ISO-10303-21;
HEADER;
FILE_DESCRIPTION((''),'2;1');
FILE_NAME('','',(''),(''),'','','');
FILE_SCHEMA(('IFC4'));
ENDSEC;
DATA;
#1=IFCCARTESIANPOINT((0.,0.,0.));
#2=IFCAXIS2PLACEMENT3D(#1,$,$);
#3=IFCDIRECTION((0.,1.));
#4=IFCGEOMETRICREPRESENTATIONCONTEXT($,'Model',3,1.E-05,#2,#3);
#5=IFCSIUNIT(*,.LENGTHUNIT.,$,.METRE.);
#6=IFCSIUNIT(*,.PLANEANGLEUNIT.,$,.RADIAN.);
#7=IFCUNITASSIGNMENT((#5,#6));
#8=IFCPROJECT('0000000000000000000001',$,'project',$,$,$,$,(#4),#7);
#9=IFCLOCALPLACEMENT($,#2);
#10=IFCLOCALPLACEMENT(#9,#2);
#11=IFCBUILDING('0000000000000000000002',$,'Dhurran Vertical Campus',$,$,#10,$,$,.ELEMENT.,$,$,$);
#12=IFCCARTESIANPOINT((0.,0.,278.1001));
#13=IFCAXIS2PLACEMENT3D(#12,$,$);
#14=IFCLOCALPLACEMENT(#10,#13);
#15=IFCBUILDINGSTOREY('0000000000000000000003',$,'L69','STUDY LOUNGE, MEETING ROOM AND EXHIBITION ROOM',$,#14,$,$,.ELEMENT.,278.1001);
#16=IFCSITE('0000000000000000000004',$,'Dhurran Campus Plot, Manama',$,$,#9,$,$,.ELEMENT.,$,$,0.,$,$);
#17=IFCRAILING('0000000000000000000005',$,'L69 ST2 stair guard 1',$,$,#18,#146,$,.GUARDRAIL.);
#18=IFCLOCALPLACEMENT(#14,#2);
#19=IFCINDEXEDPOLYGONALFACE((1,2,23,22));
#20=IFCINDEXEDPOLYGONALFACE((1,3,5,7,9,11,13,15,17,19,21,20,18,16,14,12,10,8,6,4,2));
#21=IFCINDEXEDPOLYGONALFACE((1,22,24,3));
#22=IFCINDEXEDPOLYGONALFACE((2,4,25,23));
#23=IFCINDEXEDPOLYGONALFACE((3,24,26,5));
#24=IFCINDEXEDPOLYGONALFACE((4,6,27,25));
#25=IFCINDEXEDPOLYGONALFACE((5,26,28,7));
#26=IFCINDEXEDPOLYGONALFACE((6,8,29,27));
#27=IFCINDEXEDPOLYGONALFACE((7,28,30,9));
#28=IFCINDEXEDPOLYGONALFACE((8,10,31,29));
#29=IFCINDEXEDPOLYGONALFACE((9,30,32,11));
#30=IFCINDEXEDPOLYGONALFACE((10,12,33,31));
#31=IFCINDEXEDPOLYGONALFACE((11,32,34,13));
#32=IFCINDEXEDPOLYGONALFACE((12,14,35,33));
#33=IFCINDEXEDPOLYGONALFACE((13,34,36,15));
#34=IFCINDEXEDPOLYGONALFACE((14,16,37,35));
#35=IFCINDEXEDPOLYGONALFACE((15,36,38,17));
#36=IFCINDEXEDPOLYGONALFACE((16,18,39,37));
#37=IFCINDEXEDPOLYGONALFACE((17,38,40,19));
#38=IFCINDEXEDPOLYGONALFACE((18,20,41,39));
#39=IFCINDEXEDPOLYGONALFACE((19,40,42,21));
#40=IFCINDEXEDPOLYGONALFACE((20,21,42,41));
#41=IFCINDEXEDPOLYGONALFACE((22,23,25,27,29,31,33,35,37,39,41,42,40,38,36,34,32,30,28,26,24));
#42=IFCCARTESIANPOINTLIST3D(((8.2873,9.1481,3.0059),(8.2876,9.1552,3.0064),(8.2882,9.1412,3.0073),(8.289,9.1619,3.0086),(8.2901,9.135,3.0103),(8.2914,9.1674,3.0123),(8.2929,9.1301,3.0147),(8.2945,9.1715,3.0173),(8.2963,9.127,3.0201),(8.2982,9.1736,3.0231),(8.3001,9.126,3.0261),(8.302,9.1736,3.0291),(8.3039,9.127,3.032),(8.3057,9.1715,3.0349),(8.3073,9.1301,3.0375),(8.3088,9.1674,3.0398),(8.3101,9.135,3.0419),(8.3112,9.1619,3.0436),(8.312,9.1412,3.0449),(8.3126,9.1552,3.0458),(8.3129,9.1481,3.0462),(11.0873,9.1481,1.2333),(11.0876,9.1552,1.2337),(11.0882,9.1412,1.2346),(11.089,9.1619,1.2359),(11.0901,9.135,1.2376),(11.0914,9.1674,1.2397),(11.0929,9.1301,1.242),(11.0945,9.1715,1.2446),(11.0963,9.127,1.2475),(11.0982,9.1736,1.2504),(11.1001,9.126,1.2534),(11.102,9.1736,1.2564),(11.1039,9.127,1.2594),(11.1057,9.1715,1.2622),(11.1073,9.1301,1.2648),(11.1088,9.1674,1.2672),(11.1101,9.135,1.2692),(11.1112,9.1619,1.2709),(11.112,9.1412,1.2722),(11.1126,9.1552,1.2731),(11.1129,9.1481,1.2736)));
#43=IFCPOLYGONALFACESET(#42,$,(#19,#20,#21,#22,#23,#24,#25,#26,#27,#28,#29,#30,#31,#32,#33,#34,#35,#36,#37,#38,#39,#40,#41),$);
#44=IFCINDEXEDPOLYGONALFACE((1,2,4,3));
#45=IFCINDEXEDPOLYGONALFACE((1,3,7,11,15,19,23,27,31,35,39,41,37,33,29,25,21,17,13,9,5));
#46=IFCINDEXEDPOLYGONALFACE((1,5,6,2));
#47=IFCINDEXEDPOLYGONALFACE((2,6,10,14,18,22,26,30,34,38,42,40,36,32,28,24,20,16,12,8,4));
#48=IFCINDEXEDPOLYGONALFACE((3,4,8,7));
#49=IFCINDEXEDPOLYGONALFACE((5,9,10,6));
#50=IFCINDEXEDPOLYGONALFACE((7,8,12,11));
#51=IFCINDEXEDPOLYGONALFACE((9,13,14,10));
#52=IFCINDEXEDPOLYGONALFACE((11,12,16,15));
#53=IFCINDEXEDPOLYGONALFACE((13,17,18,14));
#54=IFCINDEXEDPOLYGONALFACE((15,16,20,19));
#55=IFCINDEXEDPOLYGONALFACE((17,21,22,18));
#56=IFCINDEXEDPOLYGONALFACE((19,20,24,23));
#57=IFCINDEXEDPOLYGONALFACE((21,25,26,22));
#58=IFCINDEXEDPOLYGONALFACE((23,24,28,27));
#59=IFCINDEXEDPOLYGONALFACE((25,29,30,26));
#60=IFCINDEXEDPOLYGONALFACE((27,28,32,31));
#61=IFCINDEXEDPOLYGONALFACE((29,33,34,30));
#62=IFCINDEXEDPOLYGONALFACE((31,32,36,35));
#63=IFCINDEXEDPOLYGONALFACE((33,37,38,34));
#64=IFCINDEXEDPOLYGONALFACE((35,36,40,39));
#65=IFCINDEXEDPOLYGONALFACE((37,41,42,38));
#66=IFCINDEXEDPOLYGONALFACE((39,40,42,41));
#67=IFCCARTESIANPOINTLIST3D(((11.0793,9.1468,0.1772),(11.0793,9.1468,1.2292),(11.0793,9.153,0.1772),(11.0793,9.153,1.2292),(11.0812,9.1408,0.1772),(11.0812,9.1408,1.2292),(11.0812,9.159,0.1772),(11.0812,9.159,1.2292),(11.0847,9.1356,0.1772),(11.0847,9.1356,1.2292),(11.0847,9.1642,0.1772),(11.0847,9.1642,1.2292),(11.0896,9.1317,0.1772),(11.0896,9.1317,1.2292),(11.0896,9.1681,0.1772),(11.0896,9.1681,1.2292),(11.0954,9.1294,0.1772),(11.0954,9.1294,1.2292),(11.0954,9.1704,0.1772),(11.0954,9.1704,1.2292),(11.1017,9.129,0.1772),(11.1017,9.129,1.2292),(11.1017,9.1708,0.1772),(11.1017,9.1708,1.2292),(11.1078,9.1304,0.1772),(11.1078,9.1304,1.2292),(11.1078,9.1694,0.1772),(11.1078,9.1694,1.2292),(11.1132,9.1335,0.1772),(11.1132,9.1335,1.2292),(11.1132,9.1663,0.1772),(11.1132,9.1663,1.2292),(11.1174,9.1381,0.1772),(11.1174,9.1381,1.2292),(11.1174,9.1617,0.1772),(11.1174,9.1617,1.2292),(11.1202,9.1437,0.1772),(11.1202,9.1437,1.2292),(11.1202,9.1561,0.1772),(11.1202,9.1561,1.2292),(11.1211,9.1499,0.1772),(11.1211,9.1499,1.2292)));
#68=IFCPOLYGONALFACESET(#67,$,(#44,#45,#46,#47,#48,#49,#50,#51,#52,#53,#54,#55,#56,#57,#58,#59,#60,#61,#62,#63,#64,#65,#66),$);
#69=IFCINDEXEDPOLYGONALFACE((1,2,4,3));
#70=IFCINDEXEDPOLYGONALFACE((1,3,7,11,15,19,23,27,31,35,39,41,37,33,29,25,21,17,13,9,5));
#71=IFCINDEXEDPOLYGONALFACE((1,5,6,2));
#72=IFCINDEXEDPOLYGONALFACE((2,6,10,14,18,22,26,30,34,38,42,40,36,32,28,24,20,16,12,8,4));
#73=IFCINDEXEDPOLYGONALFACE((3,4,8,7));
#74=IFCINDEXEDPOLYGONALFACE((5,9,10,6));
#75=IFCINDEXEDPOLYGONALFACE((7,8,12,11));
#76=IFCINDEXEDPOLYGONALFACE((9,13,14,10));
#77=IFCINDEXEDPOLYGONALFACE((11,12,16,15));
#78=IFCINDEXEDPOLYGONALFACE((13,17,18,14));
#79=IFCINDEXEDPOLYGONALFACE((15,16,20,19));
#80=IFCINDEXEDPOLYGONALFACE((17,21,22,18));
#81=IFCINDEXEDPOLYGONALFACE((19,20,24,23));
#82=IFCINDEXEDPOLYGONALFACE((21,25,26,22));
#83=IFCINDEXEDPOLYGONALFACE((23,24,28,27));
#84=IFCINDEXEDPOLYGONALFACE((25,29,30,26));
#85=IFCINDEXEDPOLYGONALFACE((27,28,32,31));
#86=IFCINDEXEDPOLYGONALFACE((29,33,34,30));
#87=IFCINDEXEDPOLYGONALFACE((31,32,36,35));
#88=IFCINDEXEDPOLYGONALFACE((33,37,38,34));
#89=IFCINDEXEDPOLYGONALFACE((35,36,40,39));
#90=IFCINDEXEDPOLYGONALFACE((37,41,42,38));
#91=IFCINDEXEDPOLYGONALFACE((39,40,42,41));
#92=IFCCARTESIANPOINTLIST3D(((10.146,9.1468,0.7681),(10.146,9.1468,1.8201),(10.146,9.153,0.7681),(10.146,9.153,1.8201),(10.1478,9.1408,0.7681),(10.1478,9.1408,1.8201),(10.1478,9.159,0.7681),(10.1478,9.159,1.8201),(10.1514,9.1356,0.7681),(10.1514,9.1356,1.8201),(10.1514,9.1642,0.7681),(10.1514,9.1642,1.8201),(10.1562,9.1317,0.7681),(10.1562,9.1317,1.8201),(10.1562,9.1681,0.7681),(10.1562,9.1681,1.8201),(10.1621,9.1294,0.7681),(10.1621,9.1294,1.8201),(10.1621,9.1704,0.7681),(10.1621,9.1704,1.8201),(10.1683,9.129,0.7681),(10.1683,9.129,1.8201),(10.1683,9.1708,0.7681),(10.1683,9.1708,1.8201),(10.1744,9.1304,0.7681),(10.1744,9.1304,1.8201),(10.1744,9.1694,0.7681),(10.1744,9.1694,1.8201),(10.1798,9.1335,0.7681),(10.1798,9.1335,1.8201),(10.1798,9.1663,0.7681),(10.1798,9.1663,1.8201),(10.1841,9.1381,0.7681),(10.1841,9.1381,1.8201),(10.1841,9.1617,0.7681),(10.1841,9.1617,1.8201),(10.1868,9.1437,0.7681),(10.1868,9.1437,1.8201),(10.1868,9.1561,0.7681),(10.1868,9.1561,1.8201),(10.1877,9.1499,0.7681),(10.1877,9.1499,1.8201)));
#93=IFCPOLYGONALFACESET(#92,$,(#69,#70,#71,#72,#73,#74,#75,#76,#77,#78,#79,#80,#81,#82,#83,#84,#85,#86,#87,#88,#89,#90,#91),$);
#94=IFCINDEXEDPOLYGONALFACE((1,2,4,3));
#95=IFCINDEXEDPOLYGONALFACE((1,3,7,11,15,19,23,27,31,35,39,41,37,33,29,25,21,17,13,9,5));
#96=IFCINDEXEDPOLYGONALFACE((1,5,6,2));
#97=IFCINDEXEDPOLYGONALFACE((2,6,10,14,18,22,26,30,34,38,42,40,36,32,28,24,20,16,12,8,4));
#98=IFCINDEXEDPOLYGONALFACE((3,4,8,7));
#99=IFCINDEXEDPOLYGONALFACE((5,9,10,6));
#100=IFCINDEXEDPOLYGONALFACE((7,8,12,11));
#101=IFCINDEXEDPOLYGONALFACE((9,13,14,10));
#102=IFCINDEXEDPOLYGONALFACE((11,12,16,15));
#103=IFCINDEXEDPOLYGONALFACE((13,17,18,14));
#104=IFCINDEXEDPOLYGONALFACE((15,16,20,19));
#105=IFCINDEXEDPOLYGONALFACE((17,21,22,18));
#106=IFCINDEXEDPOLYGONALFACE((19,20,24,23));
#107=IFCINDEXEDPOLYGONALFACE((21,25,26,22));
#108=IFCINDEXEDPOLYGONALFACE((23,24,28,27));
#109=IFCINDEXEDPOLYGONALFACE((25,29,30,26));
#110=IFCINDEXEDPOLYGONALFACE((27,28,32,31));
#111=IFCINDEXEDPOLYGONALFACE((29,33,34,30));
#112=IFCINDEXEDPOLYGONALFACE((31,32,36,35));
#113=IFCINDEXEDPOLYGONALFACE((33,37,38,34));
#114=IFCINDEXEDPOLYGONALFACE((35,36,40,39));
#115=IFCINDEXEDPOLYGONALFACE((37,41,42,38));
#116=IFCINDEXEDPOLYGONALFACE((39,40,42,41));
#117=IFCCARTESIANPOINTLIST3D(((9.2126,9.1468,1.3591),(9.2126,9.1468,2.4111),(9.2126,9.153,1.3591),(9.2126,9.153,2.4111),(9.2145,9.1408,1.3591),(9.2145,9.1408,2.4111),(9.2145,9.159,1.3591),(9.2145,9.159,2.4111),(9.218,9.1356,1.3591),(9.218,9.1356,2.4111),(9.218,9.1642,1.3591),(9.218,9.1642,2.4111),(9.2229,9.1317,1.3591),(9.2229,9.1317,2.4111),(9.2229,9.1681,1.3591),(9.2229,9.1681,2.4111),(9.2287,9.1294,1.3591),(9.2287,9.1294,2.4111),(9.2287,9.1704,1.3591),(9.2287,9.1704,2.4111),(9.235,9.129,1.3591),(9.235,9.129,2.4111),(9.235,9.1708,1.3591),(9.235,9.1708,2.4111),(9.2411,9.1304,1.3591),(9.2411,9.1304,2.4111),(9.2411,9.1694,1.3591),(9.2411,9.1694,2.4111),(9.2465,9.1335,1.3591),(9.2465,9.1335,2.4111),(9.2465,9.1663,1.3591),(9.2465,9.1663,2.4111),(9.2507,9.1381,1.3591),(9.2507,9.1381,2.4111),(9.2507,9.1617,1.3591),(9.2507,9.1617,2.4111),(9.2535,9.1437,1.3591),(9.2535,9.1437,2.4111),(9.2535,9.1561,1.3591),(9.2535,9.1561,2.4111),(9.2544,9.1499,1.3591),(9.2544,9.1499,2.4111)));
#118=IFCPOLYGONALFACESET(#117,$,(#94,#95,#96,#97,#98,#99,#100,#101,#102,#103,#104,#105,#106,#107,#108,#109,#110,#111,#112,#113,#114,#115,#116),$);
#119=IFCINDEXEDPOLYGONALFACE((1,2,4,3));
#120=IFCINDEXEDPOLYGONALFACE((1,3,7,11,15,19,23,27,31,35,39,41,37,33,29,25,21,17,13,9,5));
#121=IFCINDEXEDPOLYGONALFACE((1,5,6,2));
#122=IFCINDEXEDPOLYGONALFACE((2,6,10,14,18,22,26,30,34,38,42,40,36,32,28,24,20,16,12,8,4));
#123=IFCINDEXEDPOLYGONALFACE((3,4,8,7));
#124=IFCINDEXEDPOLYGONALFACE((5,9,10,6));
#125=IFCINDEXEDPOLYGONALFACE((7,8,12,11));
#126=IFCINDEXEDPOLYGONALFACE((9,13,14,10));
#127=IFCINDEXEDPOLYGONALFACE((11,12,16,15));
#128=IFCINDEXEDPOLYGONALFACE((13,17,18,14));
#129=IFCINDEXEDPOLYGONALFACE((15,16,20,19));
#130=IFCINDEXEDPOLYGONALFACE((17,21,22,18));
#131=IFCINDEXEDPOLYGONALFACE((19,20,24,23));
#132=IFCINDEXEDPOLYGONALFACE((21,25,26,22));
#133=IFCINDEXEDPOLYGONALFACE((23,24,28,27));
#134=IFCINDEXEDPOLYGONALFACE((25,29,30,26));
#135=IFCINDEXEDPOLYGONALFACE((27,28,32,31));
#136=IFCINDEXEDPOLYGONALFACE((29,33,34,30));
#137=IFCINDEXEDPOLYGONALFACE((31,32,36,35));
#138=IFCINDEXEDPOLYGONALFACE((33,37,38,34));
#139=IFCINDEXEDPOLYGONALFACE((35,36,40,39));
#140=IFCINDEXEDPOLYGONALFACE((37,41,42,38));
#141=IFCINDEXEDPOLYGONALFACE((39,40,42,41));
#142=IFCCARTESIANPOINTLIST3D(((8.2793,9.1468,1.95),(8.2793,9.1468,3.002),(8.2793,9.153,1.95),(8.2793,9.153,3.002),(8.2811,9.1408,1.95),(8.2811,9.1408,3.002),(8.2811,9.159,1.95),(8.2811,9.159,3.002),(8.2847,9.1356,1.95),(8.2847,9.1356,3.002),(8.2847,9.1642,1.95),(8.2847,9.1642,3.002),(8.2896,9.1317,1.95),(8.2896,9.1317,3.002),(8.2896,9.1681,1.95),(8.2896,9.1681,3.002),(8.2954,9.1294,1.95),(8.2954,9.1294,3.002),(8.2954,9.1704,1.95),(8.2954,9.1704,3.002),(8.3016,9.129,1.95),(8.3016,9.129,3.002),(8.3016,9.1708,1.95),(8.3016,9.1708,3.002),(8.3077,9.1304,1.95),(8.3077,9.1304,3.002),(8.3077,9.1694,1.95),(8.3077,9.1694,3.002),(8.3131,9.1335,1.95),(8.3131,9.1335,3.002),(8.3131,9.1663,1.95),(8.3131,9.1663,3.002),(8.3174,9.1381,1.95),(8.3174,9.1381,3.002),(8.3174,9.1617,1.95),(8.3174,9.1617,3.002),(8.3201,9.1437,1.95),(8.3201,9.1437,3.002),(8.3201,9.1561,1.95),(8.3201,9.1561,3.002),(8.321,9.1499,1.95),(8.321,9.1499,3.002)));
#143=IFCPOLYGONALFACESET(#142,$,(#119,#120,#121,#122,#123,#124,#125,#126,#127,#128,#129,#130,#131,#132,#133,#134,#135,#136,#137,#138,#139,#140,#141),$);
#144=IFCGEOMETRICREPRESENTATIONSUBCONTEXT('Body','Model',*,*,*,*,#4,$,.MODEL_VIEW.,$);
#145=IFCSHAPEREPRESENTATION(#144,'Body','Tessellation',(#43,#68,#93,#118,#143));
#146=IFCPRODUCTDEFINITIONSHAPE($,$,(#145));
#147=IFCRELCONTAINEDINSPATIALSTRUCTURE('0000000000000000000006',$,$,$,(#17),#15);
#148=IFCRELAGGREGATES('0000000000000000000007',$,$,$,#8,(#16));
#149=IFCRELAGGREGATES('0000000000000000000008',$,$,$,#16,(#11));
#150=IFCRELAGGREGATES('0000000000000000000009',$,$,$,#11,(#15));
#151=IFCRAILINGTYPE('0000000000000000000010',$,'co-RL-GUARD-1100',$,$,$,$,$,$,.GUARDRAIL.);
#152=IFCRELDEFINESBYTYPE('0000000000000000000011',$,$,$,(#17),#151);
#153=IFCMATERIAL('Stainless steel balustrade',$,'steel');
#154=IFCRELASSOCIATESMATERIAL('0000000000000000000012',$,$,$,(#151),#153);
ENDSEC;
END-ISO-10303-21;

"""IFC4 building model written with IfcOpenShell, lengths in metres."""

from ifc_helpers import new_model, si_unit, direction, frame, origin, origin_2d, place, context, subcontext, project, spatial, circle, extrude, material, type_object, element, save


model = new_model("IFC4")

# Units and contexts
model_context = context("Model", 3, precision=1e-05, world=origin(), true_north=direction((0.0, 1.0)))
body_context = subcontext(model_context, "Body", "Model", "MODEL_VIEW")
ifc_project = project(units=[si_unit("LENGTHUNIT", "METRE"), si_unit("PLANEANGLEUNIT", "RADIAN")], contexts=[model_context])

# Site, building, storey
site_placement = place(None, origin())
site = spatial("IfcSite", under=ifc_project, at=site_placement, Name="Dhurran Campus Plot, Manama", CompositionType="ELEMENT", RefElevation=0.0)
building_placement = place(site_placement, origin())
building = spatial("IfcBuilding", under=site, at=building_placement, Name="Dhurran Vertical Campus", CompositionType="ELEMENT")
storey_placement = place(building_placement, frame((0.0, 0.0, 278.1001)))
storey = spatial("IfcBuildingStorey", under=building, at=storey_placement, Name="L69", Description="STUDY LOUNGE, MEETING ROOM AND EXHIBITION ROOM", CompositionType="ELEMENT", Elevation=278.1001)

# Railing
ifc_material_1 = material(Name="Stainless steel balustrade", Category="steel")
railing_type = type_object("IfcRailingType", Name="co-RL-GUARD-1100", PredefinedType="GUARDRAIL", material=ifc_material_1)
railing_1_placement = place(storey_placement, frame((11.1001, 9.1499, 0.1772)))
element("IfcRailing", 1, at=railing_1_placement, inside=storey, type_object=railing_type, Name="L69 ST2 stair guard 1", PredefinedType="GUARDRAIL", context=body_context, shape_type="SweptSolid", body=[
    extrude(circle(Radius=0.0239, at=origin_2d()), frame((0.0, 0.0, 1.0762), z_axis=(-0.844909, 0.0, 0.53491), x_axis=(0.0, -1.0, 0.0)), (0.0, 0.0, 1.0), 3.314),
    extrude(circle(Radius=0.021, at=origin_2d()), origin(), (0.0, 0.0, 1.0), 1.052),
    extrude(circle(Radius=0.021, at=origin_2d()), frame((-0.9333, 0.0, 0.5908)), (0.0, 0.0, 1.0), 1.052),
    extrude(circle(Radius=0.021, at=origin_2d()), frame((-1.8667, 0.0, 1.1819)), (0.0, 0.0, 1.0), 1.052),
    extrude(circle(Radius=0.021, at=origin_2d()), frame((-2.8, 0.0, 1.7727)), (0.0, 0.0, 1.0), 1.052),
])

save(model, "model.ifc")
